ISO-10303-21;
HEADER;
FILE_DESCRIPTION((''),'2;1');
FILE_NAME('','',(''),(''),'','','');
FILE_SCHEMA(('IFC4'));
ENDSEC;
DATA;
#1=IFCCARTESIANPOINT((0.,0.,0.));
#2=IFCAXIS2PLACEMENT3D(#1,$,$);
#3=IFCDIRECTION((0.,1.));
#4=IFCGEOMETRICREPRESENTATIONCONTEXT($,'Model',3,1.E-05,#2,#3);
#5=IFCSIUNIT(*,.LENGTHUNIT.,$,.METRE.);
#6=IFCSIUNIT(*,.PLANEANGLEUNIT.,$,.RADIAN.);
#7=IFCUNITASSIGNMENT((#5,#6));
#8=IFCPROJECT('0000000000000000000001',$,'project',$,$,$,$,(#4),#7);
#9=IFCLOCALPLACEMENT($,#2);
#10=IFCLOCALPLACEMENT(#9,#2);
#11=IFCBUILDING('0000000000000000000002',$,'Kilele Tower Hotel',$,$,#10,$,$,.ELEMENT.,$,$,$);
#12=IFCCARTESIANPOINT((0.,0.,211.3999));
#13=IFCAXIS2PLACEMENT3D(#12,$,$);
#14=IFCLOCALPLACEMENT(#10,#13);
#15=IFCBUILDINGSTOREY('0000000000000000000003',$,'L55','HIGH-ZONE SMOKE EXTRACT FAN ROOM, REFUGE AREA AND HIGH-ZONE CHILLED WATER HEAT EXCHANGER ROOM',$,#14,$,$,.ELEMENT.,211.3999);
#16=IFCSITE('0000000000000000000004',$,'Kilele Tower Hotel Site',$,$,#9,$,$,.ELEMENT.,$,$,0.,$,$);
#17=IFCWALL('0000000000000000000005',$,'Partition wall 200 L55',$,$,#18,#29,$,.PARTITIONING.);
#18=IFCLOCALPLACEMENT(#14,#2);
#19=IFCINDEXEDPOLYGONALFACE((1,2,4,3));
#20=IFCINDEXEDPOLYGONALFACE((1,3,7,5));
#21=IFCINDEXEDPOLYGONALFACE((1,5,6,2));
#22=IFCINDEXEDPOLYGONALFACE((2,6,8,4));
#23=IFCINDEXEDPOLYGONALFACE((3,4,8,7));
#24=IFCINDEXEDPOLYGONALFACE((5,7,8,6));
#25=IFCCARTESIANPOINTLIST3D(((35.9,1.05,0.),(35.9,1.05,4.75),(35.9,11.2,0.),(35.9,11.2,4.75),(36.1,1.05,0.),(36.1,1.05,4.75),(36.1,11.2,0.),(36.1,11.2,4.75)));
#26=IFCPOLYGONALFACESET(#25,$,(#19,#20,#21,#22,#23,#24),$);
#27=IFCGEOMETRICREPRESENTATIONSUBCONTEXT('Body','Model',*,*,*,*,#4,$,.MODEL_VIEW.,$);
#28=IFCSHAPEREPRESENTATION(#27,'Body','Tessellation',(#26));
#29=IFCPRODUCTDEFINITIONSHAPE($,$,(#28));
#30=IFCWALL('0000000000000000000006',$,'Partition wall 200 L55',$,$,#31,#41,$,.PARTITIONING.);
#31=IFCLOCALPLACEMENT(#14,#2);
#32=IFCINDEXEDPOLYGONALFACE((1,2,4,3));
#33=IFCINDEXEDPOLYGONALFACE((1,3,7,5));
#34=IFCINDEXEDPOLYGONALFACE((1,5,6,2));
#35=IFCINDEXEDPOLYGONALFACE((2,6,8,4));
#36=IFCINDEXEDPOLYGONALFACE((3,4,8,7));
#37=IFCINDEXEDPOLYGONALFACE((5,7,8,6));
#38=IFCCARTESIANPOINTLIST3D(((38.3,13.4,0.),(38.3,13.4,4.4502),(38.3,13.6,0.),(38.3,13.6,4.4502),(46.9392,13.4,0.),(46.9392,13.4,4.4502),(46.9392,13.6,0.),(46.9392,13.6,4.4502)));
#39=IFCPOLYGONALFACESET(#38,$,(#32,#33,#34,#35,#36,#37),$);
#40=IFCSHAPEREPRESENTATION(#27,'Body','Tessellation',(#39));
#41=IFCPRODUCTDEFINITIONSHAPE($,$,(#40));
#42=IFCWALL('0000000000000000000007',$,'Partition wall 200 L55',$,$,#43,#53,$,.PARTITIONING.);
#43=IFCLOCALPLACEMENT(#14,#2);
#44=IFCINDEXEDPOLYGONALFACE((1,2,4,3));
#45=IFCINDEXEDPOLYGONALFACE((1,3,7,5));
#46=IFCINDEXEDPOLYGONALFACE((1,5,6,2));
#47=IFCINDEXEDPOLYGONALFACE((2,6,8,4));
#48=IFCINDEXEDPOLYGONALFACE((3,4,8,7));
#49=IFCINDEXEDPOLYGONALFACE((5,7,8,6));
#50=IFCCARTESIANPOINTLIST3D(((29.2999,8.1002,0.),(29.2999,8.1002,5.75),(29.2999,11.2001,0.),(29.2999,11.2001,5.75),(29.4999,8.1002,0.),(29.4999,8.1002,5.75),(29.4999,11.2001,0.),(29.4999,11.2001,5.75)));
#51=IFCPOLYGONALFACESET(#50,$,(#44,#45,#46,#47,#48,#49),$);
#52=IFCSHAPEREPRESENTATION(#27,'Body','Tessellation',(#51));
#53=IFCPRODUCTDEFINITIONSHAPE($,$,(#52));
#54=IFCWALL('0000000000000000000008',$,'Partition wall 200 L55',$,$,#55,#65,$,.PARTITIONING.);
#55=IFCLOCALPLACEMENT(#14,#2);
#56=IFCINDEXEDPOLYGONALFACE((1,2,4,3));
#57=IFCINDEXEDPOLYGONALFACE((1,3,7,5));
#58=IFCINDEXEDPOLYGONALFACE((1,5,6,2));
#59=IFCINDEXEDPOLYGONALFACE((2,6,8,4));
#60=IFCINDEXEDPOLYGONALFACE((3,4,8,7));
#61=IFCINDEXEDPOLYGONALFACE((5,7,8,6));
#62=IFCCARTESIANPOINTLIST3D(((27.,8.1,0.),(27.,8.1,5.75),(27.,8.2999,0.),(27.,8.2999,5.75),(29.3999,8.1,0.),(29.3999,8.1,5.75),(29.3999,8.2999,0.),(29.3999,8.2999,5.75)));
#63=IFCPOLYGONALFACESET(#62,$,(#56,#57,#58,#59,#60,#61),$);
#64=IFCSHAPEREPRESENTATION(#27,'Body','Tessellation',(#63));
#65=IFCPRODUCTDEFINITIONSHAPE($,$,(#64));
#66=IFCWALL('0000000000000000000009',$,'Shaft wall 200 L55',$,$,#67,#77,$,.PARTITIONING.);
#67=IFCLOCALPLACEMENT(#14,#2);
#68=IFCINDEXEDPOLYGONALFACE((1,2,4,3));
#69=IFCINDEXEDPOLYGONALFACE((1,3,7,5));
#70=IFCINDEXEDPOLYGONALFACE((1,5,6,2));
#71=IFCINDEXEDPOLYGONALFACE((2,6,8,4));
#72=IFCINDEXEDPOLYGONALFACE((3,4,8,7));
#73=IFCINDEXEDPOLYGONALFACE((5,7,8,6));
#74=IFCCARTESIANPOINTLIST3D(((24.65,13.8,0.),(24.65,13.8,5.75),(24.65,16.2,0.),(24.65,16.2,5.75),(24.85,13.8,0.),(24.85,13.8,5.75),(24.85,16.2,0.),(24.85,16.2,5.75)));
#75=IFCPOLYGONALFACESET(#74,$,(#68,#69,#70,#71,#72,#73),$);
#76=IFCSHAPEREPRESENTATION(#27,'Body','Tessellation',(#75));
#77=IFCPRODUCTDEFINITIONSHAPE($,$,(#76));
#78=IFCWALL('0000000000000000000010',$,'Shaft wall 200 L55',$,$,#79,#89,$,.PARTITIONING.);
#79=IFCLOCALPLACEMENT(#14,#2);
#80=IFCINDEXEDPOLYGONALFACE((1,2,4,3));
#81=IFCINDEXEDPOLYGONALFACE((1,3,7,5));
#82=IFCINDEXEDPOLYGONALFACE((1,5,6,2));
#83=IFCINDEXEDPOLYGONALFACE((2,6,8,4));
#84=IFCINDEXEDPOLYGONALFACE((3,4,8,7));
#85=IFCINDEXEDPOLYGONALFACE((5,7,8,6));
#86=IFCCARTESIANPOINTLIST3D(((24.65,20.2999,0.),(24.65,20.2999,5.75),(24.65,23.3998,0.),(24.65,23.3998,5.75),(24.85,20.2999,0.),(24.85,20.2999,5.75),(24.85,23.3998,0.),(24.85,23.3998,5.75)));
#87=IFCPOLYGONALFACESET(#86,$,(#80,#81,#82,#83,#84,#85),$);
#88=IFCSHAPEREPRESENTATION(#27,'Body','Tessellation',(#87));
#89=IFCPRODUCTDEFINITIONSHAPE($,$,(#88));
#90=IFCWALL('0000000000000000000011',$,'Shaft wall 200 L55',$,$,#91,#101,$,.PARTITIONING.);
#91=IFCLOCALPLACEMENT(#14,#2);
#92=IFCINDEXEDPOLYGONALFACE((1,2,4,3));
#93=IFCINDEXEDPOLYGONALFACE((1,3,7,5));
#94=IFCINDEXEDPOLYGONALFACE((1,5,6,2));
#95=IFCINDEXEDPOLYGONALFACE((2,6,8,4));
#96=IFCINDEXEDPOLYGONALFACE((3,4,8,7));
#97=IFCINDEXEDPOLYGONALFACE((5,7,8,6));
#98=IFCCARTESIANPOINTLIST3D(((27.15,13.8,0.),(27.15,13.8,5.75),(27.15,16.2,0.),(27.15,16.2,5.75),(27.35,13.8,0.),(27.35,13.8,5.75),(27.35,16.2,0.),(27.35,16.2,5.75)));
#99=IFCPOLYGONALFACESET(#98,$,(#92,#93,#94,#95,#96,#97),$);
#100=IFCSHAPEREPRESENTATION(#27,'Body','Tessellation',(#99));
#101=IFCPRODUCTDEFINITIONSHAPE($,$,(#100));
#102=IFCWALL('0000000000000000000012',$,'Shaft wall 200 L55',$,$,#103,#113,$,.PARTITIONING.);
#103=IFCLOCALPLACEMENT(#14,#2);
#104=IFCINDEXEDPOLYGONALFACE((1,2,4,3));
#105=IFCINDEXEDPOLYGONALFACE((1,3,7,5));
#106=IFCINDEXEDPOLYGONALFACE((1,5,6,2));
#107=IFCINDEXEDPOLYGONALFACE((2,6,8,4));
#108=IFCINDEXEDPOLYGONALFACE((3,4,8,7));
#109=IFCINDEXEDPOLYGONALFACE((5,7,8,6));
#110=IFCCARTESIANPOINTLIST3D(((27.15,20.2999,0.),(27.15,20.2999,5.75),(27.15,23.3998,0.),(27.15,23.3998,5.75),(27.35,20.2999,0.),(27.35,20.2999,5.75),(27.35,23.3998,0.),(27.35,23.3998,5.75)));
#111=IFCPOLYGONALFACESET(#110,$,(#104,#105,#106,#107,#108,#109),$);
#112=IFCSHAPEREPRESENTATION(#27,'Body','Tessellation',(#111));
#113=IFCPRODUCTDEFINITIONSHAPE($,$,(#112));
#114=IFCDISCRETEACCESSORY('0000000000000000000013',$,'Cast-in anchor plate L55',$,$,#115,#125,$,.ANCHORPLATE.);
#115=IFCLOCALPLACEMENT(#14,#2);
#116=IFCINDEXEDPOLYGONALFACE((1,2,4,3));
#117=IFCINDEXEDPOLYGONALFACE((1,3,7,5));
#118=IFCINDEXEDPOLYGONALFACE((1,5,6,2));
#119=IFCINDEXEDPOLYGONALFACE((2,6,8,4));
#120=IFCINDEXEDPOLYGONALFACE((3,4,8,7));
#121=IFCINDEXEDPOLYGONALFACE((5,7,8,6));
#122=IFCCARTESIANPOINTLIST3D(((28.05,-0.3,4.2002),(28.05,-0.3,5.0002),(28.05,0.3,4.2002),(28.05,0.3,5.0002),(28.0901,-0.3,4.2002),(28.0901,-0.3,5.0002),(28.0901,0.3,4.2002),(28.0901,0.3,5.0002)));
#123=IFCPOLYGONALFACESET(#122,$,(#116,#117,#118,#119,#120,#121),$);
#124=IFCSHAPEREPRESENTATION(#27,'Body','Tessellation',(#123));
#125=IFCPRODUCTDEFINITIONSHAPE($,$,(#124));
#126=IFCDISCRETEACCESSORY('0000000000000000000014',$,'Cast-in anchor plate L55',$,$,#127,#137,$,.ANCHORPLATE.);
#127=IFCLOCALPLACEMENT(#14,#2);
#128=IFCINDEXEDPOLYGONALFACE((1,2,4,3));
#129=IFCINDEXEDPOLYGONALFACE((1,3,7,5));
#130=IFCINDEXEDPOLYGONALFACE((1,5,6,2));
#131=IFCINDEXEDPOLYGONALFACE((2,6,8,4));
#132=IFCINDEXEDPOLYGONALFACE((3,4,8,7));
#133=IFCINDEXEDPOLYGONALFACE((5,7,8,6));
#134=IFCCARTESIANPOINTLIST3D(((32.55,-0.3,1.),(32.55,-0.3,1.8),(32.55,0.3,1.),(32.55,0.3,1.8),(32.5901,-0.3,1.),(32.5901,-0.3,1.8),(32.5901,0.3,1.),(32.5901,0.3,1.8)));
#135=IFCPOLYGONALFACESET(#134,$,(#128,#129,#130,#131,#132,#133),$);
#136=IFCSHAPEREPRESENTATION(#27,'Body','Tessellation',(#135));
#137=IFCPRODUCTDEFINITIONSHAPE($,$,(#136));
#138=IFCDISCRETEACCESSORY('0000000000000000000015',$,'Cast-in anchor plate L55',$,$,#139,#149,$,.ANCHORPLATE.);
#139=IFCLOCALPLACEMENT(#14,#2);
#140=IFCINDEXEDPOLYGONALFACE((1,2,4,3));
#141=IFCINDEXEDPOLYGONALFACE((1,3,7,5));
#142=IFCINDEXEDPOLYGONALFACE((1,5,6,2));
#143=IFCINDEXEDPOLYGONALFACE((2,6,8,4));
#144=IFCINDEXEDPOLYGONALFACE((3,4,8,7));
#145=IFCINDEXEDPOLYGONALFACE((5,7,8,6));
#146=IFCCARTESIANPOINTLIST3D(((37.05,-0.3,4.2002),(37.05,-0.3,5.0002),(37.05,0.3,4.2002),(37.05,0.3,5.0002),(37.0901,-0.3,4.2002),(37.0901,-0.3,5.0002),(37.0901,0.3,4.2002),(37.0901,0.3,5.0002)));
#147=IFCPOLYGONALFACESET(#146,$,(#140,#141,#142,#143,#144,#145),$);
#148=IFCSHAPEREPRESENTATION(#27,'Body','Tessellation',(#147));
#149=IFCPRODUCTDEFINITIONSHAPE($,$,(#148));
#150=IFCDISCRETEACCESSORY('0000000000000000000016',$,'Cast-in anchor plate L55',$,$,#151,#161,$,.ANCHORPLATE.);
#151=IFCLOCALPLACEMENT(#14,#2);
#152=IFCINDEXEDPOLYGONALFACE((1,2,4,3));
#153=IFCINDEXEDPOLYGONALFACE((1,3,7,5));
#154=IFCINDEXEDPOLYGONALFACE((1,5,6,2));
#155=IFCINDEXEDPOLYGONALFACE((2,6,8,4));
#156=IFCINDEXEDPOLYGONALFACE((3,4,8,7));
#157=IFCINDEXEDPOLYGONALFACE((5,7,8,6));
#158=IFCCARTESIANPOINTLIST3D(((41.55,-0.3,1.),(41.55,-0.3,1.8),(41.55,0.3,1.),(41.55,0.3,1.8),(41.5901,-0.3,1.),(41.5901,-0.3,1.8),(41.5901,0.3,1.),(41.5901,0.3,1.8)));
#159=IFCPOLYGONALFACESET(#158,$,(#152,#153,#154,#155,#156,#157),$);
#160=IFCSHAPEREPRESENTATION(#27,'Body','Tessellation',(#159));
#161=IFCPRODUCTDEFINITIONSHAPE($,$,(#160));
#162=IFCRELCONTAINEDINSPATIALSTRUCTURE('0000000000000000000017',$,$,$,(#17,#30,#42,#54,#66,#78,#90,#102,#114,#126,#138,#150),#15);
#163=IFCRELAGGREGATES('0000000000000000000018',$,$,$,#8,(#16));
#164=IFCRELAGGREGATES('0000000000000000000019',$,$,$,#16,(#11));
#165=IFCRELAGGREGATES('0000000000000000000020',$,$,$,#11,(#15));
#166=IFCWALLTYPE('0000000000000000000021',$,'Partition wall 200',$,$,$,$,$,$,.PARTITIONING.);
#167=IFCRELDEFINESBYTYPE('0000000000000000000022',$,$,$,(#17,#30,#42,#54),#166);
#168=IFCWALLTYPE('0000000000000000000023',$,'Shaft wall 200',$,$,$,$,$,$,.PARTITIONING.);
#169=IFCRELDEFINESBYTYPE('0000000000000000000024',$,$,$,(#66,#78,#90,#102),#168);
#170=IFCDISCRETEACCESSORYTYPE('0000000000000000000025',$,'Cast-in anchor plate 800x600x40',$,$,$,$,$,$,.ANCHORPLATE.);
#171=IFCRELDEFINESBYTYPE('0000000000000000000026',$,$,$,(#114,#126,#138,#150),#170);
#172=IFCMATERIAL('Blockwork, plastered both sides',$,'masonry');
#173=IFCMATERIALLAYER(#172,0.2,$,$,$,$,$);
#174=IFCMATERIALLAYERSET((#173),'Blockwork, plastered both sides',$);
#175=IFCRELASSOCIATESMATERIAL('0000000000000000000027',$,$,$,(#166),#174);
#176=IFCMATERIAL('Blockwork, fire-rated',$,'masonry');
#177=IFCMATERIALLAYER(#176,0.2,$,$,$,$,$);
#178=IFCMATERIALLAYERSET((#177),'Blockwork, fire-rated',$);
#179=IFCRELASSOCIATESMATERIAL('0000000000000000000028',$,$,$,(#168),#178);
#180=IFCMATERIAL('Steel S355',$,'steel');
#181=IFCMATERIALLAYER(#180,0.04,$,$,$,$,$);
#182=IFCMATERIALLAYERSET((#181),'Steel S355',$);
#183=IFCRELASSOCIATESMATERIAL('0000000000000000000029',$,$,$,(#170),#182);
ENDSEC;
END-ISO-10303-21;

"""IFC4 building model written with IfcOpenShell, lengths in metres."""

from ifc_helpers import new_model, si_unit, direction, frame, frame_2d, origin, place, context, subcontext, project, spatial, polyline, rectangle, outline, extrude, source, transform, mapped, material, layer, layer_set, type_object, element, save


model = new_model("IFC4")

# Units and contexts
model_context = context("Model", 3, precision=1e-05, world=origin(), true_north=direction((0.0, 1.0)))
body_context = subcontext(model_context, "Body", "Model", "MODEL_VIEW")
ifc_project = project(units=[si_unit("LENGTHUNIT", "METRE"), si_unit("PLANEANGLEUNIT", "RADIAN")], contexts=[model_context])

# Site, building, storey
site_placement = place(None, origin())
site = spatial("IfcSite", under=ifc_project, at=site_placement, Name="Kilele Tower Hotel Site", CompositionType="ELEMENT", RefElevation=0.0)
building_placement = place(site_placement, origin())
building = spatial("IfcBuilding", under=site, at=building_placement, Name="Kilele Tower Hotel", CompositionType="ELEMENT")
storey_placement = place(building_placement, frame((0.0, 0.0, 211.3999)))
storey = spatial("IfcBuildingStorey", under=building, at=storey_placement, Name="L55", Description="HIGH-ZONE SMOKE EXTRACT FAN ROOM, REFUGE AREA AND HIGH-ZONE CHILLED WATER HEAT EXCHANGER ROOM", CompositionType="ELEMENT", Elevation=211.3999)

# Walls
ifc_material_1 = material(Name="Blockwork, plastered both sides", Category="masonry")
ifc_layer_1 = layer(ifc_material_1, 0.2)
ifc_layer_set_1 = layer_set([ifc_layer_1], Name="Blockwork, plastered both sides")
wall_type_1 = type_object("IfcWallType", Name="Partition wall 200", PredefinedType="PARTITIONING", material=ifc_layer_set_1)
for number, where, z_axis, x_axis, name in (
    (1, (36.0, 11.2, 0.0), (0.0, 0.0, 1.0), (0.0, -1.0, 0.0), "Partition wall 200 L55"),
):
    element("IfcWall", number, at=place(storey_placement, frame(where, z_axis=z_axis, x_axis=x_axis)), inside=storey, type_object=wall_type_1, Name=name, PredefinedType="PARTITIONING", context=body_context, shape_type="SweptSolid", body=[
        extrude(rectangle(XDim=10.1499, YDim=0.2, at=frame_2d((5.075, 0.0))), origin(), (0.0, 0.0, 1.0), 4.75),
    ])
wall_1_placement = place(storey_placement, frame((38.3, 13.5, 0.0), z_axis=(0.0, 0.0, 1.0), x_axis=(1.0, 0.0, 0.0)))
element("IfcWall", 2, at=wall_1_placement, inside=storey, type_object=wall_type_1, Name="Partition wall 200 L55", PredefinedType="PARTITIONING", context=body_context, shape_type="SweptSolid", body=[
    extrude(rectangle(XDim=8.6392, YDim=0.2, at=frame_2d((4.3196, 0.0))), origin(), (0.0, 0.0, 1.0), 4.4502),
])
wall_2_placement = place(storey_placement, frame((29.3999, 11.2, 0.0), z_axis=(0.0, 0.0, 1.0), x_axis=(0.0, -1.0, 0.0)))
element("IfcWall", 3, at=wall_2_placement, inside=storey, type_object=wall_type_1, Name="Partition wall 200 L55", PredefinedType="PARTITIONING", context=body_context, shape_type="SweptSolid", body=[
    extrude(rectangle(XDim=3.0999, YDim=0.2, at=frame_2d((1.5498, 0.0))), origin(), (0.0, 0.0, 1.0), 5.75),
])
wall_3_placement = place(storey_placement, frame((27.0, 8.2, 0.0), z_axis=(0.0, 0.0, 1.0), x_axis=(1.0, 0.0, 0.0)))
element("IfcWall", 4, at=wall_3_placement, inside=storey, type_object=wall_type_1, Name="Partition wall 200 L55", PredefinedType="PARTITIONING", context=body_context, shape_type="SweptSolid", body=[
    extrude(rectangle(XDim=2.3999, YDim=0.2, at=frame_2d((1.2, 0.0))), origin(), (0.0, 0.0, 1.0), 5.75),
])
ifc_material_2 = material(Name="Blockwork, fire-rated", Category="masonry")
ifc_layer_2 = layer(ifc_material_2, 0.2)
ifc_layer_set_2 = layer_set([ifc_layer_2], Name="Blockwork, fire-rated")
wall_type_2 = type_object("IfcWallType", Name="Shaft wall 200", PredefinedType="PARTITIONING", material=ifc_layer_set_2)
wall_4_placement = place(storey_placement, frame((24.75, 13.8, 0.0), z_axis=(0.0, 0.0, 1.0), x_axis=(0.0, 1.0, 0.0)))
element("IfcWall", 5, at=wall_4_placement, inside=storey, type_object=wall_type_2, Name="Shaft wall 200 L55", PredefinedType="PARTITIONING", context=body_context, shape_type="SweptSolid", body=[
    extrude(rectangle(XDim=2.3999, YDim=0.2, at=frame_2d((1.2, 0.0))), origin(), (0.0, 0.0, 1.0), 5.75),
])
wall_5_placement = place(storey_placement, frame((24.75, 20.3, 0.0), z_axis=(0.0, 0.0, 1.0), x_axis=(0.0, 1.0, 0.0)))
element("IfcWall", 6, at=wall_5_placement, inside=storey, type_object=wall_type_2, Name="Shaft wall 200 L55", PredefinedType="PARTITIONING", context=body_context, shape_type="SweptSolid", body=[
    extrude(rectangle(XDim=3.0999, YDim=0.2, at=frame_2d((1.5498, 0.0))), origin(), (0.0, 0.0, 1.0), 5.75),
])
wall_6_placement = place(storey_placement, frame((27.25, 13.8, 0.0), z_axis=(0.0, 0.0, 1.0), x_axis=(0.0, 1.0, 0.0)))
element("IfcWall", 7, at=wall_6_placement, inside=storey, type_object=wall_type_2, Name="Shaft wall 200 L55", PredefinedType="PARTITIONING", context=body_context, shape_type="SweptSolid", body=[
    extrude(rectangle(XDim=2.3999, YDim=0.2, at=frame_2d((1.2, 0.0))), origin(), (0.0, 0.0, 1.0), 5.75),
])
wall_7_placement = place(storey_placement, frame((27.25, 20.3, 0.0), z_axis=(0.0, 0.0, 1.0), x_axis=(0.0, 1.0, 0.0)))
element("IfcWall", 8, at=wall_7_placement, inside=storey, type_object=wall_type_2, Name="Shaft wall 200 L55", PredefinedType="PARTITIONING", context=body_context, shape_type="SweptSolid", body=[
    extrude(rectangle(XDim=3.0999, YDim=0.2, at=frame_2d((1.5498, 0.0))), origin(), (0.0, 0.0, 1.0), 5.75),
])

# Discrete accessories
ifc_material_3 = material(Name="Steel S355", Category="steel")
ifc_layer_3 = layer(ifc_material_3, 0.04)
ifc_layer_set_3 = layer_set([ifc_layer_3], Name="Steel S355")
discrete_accessory_type = type_object("IfcDiscreteAccessoryType", Name="Cast-in anchor plate 800x600x40", PredefinedType="ANCHORPLATE", material=ifc_layer_set_3)
shared_shape = source(origin(), body_context, "Body", "SweptSolid", [
    extrude(outline(polyline([(0.0, 0.0), (0.04, 0.0), (0.04, 0.8), (0.0, 0.8), (0.0, 0.0)])), origin(), (0.0, 0.0, 1.0), 0.6001),
])
for number, where, z_axis, x_axis, name in (
    (9, (28.05, 0.3, 4.2002), (0.0, -1.0, 0.0), (1.0, 0.0, 0.0), "Cast-in anchor plate L55"),
    (10, (32.55, 0.3, 1.0), (0.0, -1.0, 0.0), (1.0, 0.0, 0.0), "Cast-in anchor plate L55"),
    (11, (37.05, 0.3, 4.2002), (0.0, -1.0, 0.0), (1.0, 0.0, 0.0), "Cast-in anchor plate L55"),
    (12, (41.55, 0.3, 1.0), (0.0, -1.0, 0.0), (1.0, 0.0, 0.0), "Cast-in anchor plate L55"),
):
    element("IfcDiscreteAccessory", number, at=place(storey_placement, frame(where, z_axis=z_axis, x_axis=x_axis)), inside=storey, type_object=discrete_accessory_type, Name=name, PredefinedType="ANCHORPLATE", context=body_context, shape_type="MappedRepresentation", body=[
        mapped(shared_shape, transform((0.0, 0.0, 0.0))),
    ])

save(model, "model.ifc")
